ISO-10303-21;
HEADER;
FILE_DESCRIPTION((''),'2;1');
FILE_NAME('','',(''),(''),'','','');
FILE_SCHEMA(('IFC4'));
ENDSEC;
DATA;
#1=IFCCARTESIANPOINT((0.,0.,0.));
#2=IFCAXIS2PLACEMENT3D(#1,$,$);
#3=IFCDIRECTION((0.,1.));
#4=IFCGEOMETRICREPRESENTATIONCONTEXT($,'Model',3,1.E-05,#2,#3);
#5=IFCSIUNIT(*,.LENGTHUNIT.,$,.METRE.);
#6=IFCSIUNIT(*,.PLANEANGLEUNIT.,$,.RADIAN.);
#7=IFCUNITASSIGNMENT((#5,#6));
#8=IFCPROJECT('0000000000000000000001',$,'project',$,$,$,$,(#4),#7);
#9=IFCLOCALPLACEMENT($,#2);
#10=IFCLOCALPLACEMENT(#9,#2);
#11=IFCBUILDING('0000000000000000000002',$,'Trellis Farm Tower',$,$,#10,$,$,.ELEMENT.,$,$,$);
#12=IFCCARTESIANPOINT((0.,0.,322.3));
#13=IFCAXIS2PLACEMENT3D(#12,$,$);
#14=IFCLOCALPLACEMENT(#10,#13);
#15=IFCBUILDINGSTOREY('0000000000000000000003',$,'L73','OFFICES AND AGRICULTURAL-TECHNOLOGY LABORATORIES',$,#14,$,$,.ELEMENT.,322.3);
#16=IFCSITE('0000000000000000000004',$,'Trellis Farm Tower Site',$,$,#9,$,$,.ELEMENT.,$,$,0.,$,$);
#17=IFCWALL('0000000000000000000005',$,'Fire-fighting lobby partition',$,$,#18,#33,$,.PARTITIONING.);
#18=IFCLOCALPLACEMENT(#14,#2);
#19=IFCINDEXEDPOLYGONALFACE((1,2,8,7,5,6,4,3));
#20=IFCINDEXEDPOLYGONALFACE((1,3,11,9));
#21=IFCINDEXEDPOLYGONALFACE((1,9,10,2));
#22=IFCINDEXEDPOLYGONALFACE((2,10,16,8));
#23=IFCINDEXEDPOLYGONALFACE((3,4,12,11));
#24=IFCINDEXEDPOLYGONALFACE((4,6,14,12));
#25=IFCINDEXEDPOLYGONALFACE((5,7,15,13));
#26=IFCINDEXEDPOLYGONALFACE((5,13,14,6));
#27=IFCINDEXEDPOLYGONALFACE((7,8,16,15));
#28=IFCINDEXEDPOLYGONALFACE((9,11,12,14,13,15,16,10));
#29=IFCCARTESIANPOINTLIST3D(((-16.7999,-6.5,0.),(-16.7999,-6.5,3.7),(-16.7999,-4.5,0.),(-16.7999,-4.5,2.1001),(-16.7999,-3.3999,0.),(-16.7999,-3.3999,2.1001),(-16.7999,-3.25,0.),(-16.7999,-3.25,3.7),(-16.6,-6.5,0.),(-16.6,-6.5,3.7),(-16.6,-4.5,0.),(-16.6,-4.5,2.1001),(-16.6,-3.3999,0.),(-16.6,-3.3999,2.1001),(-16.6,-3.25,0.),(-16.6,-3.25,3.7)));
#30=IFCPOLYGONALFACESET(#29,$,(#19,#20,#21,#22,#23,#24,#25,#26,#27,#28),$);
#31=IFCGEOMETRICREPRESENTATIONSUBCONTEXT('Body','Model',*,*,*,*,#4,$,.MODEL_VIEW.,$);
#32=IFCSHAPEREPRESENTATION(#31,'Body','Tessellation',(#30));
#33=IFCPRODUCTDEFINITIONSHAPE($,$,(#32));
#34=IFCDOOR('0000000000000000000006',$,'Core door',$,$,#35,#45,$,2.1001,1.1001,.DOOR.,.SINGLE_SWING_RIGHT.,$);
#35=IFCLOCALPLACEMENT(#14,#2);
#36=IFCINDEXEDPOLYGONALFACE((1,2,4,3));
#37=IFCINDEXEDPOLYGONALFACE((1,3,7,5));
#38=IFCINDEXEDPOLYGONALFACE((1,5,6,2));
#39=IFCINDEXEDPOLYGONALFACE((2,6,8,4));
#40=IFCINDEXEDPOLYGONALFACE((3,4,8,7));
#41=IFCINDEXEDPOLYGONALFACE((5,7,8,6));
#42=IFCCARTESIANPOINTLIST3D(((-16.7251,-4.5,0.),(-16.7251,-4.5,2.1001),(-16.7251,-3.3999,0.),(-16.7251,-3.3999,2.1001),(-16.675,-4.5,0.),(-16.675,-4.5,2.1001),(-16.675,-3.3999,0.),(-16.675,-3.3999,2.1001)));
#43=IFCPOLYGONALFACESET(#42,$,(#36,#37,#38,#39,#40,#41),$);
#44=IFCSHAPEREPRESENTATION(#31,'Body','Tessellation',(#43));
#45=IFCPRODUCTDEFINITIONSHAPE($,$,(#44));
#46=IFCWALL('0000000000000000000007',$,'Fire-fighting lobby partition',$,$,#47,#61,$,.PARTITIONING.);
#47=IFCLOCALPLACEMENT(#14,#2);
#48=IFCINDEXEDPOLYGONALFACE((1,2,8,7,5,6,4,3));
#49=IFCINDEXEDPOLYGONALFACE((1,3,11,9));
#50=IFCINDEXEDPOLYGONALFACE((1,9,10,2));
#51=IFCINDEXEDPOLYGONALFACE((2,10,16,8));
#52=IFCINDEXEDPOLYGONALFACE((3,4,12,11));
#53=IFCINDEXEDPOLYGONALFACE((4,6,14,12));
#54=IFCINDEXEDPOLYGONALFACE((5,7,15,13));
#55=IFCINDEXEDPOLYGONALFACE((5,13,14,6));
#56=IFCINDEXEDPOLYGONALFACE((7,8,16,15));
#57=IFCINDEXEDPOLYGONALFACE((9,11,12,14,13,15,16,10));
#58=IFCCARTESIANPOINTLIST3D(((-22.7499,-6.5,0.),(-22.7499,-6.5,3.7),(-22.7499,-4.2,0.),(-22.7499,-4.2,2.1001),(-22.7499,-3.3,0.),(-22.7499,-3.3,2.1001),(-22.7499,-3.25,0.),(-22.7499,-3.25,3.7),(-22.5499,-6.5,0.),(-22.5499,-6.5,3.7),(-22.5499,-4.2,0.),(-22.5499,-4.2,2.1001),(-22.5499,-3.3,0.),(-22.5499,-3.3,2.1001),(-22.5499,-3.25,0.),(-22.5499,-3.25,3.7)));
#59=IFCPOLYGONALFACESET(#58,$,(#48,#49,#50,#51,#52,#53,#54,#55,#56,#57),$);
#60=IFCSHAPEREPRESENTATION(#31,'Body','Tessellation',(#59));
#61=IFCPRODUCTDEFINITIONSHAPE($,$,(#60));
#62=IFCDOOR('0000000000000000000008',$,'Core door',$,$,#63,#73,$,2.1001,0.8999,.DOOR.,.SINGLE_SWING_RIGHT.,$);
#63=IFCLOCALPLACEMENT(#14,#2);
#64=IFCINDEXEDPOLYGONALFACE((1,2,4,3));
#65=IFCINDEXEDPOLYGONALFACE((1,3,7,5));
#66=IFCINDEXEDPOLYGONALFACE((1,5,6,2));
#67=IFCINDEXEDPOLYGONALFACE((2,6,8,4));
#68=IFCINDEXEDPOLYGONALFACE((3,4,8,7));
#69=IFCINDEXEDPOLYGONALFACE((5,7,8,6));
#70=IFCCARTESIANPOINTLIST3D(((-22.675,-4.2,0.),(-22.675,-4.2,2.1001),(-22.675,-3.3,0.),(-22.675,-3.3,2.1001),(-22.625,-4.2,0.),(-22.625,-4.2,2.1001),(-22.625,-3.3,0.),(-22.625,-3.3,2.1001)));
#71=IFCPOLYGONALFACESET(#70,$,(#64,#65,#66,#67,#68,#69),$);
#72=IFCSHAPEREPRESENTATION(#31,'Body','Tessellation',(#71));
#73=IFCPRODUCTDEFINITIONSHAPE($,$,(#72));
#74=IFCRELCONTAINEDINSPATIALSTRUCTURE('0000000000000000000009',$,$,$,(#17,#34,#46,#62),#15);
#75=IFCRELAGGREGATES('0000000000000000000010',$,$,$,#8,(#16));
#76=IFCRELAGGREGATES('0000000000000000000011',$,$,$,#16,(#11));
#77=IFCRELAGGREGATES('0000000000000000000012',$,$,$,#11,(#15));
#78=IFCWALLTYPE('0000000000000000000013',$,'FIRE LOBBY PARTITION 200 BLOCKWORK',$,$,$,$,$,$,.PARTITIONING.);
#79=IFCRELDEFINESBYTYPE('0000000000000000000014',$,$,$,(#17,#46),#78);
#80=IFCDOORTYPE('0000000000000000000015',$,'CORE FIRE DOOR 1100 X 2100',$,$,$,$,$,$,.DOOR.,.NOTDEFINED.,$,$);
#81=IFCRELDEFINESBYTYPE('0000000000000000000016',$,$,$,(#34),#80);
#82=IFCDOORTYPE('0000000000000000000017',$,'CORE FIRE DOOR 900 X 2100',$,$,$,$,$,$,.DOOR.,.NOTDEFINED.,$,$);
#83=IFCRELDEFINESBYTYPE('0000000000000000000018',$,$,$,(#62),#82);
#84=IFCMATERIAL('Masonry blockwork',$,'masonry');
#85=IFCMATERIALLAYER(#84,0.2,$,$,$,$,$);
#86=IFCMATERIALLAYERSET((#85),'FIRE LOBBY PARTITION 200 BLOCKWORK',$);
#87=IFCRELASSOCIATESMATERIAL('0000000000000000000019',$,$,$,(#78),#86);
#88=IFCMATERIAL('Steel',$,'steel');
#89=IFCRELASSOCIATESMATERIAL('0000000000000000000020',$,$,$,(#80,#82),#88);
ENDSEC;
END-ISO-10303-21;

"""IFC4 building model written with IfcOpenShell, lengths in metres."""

from ifc_helpers import new_model, si_unit, direction, frame, frame_2d, origin, place, context, subcontext, project, spatial, rectangle, extrude, source, transform, mapped, material, layer, layer_set, type_object, element, fill, save


model = new_model("IFC4")

# Units and contexts
model_context = context("Model", 3, precision=1e-05, world=origin(), true_north=direction((0.0, 1.0)))
body_context = subcontext(model_context, "Body", "Model", "MODEL_VIEW")
ifc_project = project(units=[si_unit("LENGTHUNIT", "METRE"), si_unit("PLANEANGLEUNIT", "RADIAN")], contexts=[model_context])

# Site, building, storey
site_placement = place(None, origin())
site = spatial("IfcSite", under=ifc_project, at=site_placement, Name="Trellis Farm Tower Site", CompositionType="ELEMENT", RefElevation=0.0)
building_placement = place(site_placement, origin())
building = spatial("IfcBuilding", under=site, at=building_placement, Name="Trellis Farm Tower", CompositionType="ELEMENT")
storey_placement = place(building_placement, frame((0.0, 0.0, 322.3)))
storey = spatial("IfcBuildingStorey", under=building, at=storey_placement, Name="L73", Description="OFFICES AND AGRICULTURAL-TECHNOLOGY LABORATORIES", CompositionType="ELEMENT", Elevation=322.3)

# Walls, openings, doors
ifc_material_1 = material(Name="Masonry blockwork", Category="masonry")
ifc_layer_1 = layer(ifc_material_1, 0.2)
ifc_layer_set_1 = layer_set([ifc_layer_1], Name="FIRE LOBBY PARTITION 200 BLOCKWORK")
wall_type_1 = type_object("IfcWallType", Name="FIRE LOBBY PARTITION 200 BLOCKWORK", PredefinedType="PARTITIONING", material=ifc_layer_set_1)
shared_shape_1 = source(origin(), body_context, "Body", "SweptSolid", [
    extrude(rectangle(XDim=3.25, YDim=0.2, at=frame_2d((1.625, 0.0))), origin(), (0.0, 0.0, 1.0), 3.7),
])
wall_1_placement = place(storey_placement, frame((-16.7, -3.25, 0.0), z_axis=(0.0, 0.0, 1.0), x_axis=(0.0, -1.0, 0.0)))
wall_1 = element("IfcWall", 1, at=wall_1_placement, inside=storey, type_object=wall_type_1, Name="Fire-fighting lobby partition", PredefinedType="PARTITIONING", context=body_context, shape_type="MappedRepresentation", body=[
    mapped(shared_shape_1, transform((0.0, 0.0, 0.0))),
])
shared_shape_2 = source(origin(), body_context, "Body", "SweptSolid", [
    extrude(rectangle(XDim=1.1001, YDim=2.1001, at=frame_2d((0.55, 1.05))), frame((0.0, 0.1101, 0.0), z_axis=(0.0, -1.0, 0.0), x_axis=(1.0, 0.0, 0.0)), (0.0, 0.0, 1.0), 0.2202),
])
opening_1_placement = place(wall_1_placement, frame((0.1499, 0.0, 0.0)))
opening_1 = element("IfcOpeningElement", 2, at=opening_1_placement, cuts=wall_1, PredefinedType="OPENING", context=body_context, shape_type="MappedRepresentation", body=[
    mapped(shared_shape_2, transform((0.0, 0.0, 0.0))),
])
ifc_material_2 = material(Name="Steel", Category="steel")
door_type_1 = type_object("IfcDoorType", Name="CORE FIRE DOOR 1100 X 2100", OperationType="NOTDEFINED", PredefinedType="DOOR", material=ifc_material_2)
shared_shape_3 = source(origin(), body_context, "Body", "SweptSolid", [
    extrude(rectangle(XDim=1.1001, YDim=2.1001, at=frame_2d((0.55, 1.05))), frame((0.0, 0.0249, 0.0), z_axis=(0.0, -1.0, 0.0), x_axis=(1.0, 0.0, 0.0)), (0.0, 0.0, 1.0), 0.05),
])
door_1_placement = place(opening_1_placement, origin())
door_1 = element("IfcDoor", 3, at=door_1_placement, inside=storey, type_object=door_type_1, Name="Core door", OperationType="SINGLE_SWING_RIGHT", OverallHeight=2.1001, OverallWidth=1.1001, PredefinedType="DOOR", context=body_context, shape_type="MappedRepresentation", body=[
    mapped(shared_shape_3, transform((0.0, 0.0, 0.0))),
])
fill(opening_1, door_1)
wall_2_placement = place(storey_placement, frame((-22.6499, -3.25, 0.0), z_axis=(0.0, 0.0, 1.0), x_axis=(0.0, -1.0, 0.0)))
wall_2 = element("IfcWall", 4, at=wall_2_placement, inside=storey, type_object=wall_type_1, Name="Fire-fighting lobby partition", PredefinedType="PARTITIONING", context=body_context, shape_type="MappedRepresentation", body=[
    mapped(shared_shape_1, transform((0.0, 0.0, 0.0))),
])
shared_shape_4 = source(origin(), body_context, "Body", "SweptSolid", [
    extrude(rectangle(XDim=0.8999, YDim=2.1001, at=frame_2d((0.45, 1.05))), frame((0.0, 0.1101, 0.0), z_axis=(0.0, -1.0, 0.0), x_axis=(1.0, 0.0, 0.0)), (0.0, 0.0, 1.0), 0.2202),
])
opening_2_placement = place(wall_2_placement, frame((0.05, 0.0, 0.0)))
opening_2 = element("IfcOpeningElement", 5, at=opening_2_placement, cuts=wall_2, PredefinedType="OPENING", context=body_context, shape_type="MappedRepresentation", body=[
    mapped(shared_shape_4, transform((0.0, 0.0, 0.0))),
])
door_type_2 = type_object("IfcDoorType", Name="CORE FIRE DOOR 900 X 2100", OperationType="NOTDEFINED", PredefinedType="DOOR", material=ifc_material_2)
shared_shape_5 = source(origin(), body_context, "Body", "SweptSolid", [
    extrude(rectangle(XDim=0.8999, YDim=2.1001, at=frame_2d((0.45, 1.05))), frame((0.0, 0.0249, 0.0), z_axis=(0.0, -1.0, 0.0), x_axis=(1.0, 0.0, 0.0)), (0.0, 0.0, 1.0), 0.05),
])
door_2_placement = place(opening_2_placement, origin())
door_2 = element("IfcDoor", 6, at=door_2_placement, inside=storey, type_object=door_type_2, Name="Core door", OperationType="SINGLE_SWING_RIGHT", OverallHeight=2.1001, OverallWidth=0.8999, PredefinedType="DOOR", context=body_context, shape_type="MappedRepresentation", body=[
    mapped(shared_shape_5, transform((0.0, 0.0, 0.0))),
])
fill(opening_2, door_2)

save(model, "model.ifc")
